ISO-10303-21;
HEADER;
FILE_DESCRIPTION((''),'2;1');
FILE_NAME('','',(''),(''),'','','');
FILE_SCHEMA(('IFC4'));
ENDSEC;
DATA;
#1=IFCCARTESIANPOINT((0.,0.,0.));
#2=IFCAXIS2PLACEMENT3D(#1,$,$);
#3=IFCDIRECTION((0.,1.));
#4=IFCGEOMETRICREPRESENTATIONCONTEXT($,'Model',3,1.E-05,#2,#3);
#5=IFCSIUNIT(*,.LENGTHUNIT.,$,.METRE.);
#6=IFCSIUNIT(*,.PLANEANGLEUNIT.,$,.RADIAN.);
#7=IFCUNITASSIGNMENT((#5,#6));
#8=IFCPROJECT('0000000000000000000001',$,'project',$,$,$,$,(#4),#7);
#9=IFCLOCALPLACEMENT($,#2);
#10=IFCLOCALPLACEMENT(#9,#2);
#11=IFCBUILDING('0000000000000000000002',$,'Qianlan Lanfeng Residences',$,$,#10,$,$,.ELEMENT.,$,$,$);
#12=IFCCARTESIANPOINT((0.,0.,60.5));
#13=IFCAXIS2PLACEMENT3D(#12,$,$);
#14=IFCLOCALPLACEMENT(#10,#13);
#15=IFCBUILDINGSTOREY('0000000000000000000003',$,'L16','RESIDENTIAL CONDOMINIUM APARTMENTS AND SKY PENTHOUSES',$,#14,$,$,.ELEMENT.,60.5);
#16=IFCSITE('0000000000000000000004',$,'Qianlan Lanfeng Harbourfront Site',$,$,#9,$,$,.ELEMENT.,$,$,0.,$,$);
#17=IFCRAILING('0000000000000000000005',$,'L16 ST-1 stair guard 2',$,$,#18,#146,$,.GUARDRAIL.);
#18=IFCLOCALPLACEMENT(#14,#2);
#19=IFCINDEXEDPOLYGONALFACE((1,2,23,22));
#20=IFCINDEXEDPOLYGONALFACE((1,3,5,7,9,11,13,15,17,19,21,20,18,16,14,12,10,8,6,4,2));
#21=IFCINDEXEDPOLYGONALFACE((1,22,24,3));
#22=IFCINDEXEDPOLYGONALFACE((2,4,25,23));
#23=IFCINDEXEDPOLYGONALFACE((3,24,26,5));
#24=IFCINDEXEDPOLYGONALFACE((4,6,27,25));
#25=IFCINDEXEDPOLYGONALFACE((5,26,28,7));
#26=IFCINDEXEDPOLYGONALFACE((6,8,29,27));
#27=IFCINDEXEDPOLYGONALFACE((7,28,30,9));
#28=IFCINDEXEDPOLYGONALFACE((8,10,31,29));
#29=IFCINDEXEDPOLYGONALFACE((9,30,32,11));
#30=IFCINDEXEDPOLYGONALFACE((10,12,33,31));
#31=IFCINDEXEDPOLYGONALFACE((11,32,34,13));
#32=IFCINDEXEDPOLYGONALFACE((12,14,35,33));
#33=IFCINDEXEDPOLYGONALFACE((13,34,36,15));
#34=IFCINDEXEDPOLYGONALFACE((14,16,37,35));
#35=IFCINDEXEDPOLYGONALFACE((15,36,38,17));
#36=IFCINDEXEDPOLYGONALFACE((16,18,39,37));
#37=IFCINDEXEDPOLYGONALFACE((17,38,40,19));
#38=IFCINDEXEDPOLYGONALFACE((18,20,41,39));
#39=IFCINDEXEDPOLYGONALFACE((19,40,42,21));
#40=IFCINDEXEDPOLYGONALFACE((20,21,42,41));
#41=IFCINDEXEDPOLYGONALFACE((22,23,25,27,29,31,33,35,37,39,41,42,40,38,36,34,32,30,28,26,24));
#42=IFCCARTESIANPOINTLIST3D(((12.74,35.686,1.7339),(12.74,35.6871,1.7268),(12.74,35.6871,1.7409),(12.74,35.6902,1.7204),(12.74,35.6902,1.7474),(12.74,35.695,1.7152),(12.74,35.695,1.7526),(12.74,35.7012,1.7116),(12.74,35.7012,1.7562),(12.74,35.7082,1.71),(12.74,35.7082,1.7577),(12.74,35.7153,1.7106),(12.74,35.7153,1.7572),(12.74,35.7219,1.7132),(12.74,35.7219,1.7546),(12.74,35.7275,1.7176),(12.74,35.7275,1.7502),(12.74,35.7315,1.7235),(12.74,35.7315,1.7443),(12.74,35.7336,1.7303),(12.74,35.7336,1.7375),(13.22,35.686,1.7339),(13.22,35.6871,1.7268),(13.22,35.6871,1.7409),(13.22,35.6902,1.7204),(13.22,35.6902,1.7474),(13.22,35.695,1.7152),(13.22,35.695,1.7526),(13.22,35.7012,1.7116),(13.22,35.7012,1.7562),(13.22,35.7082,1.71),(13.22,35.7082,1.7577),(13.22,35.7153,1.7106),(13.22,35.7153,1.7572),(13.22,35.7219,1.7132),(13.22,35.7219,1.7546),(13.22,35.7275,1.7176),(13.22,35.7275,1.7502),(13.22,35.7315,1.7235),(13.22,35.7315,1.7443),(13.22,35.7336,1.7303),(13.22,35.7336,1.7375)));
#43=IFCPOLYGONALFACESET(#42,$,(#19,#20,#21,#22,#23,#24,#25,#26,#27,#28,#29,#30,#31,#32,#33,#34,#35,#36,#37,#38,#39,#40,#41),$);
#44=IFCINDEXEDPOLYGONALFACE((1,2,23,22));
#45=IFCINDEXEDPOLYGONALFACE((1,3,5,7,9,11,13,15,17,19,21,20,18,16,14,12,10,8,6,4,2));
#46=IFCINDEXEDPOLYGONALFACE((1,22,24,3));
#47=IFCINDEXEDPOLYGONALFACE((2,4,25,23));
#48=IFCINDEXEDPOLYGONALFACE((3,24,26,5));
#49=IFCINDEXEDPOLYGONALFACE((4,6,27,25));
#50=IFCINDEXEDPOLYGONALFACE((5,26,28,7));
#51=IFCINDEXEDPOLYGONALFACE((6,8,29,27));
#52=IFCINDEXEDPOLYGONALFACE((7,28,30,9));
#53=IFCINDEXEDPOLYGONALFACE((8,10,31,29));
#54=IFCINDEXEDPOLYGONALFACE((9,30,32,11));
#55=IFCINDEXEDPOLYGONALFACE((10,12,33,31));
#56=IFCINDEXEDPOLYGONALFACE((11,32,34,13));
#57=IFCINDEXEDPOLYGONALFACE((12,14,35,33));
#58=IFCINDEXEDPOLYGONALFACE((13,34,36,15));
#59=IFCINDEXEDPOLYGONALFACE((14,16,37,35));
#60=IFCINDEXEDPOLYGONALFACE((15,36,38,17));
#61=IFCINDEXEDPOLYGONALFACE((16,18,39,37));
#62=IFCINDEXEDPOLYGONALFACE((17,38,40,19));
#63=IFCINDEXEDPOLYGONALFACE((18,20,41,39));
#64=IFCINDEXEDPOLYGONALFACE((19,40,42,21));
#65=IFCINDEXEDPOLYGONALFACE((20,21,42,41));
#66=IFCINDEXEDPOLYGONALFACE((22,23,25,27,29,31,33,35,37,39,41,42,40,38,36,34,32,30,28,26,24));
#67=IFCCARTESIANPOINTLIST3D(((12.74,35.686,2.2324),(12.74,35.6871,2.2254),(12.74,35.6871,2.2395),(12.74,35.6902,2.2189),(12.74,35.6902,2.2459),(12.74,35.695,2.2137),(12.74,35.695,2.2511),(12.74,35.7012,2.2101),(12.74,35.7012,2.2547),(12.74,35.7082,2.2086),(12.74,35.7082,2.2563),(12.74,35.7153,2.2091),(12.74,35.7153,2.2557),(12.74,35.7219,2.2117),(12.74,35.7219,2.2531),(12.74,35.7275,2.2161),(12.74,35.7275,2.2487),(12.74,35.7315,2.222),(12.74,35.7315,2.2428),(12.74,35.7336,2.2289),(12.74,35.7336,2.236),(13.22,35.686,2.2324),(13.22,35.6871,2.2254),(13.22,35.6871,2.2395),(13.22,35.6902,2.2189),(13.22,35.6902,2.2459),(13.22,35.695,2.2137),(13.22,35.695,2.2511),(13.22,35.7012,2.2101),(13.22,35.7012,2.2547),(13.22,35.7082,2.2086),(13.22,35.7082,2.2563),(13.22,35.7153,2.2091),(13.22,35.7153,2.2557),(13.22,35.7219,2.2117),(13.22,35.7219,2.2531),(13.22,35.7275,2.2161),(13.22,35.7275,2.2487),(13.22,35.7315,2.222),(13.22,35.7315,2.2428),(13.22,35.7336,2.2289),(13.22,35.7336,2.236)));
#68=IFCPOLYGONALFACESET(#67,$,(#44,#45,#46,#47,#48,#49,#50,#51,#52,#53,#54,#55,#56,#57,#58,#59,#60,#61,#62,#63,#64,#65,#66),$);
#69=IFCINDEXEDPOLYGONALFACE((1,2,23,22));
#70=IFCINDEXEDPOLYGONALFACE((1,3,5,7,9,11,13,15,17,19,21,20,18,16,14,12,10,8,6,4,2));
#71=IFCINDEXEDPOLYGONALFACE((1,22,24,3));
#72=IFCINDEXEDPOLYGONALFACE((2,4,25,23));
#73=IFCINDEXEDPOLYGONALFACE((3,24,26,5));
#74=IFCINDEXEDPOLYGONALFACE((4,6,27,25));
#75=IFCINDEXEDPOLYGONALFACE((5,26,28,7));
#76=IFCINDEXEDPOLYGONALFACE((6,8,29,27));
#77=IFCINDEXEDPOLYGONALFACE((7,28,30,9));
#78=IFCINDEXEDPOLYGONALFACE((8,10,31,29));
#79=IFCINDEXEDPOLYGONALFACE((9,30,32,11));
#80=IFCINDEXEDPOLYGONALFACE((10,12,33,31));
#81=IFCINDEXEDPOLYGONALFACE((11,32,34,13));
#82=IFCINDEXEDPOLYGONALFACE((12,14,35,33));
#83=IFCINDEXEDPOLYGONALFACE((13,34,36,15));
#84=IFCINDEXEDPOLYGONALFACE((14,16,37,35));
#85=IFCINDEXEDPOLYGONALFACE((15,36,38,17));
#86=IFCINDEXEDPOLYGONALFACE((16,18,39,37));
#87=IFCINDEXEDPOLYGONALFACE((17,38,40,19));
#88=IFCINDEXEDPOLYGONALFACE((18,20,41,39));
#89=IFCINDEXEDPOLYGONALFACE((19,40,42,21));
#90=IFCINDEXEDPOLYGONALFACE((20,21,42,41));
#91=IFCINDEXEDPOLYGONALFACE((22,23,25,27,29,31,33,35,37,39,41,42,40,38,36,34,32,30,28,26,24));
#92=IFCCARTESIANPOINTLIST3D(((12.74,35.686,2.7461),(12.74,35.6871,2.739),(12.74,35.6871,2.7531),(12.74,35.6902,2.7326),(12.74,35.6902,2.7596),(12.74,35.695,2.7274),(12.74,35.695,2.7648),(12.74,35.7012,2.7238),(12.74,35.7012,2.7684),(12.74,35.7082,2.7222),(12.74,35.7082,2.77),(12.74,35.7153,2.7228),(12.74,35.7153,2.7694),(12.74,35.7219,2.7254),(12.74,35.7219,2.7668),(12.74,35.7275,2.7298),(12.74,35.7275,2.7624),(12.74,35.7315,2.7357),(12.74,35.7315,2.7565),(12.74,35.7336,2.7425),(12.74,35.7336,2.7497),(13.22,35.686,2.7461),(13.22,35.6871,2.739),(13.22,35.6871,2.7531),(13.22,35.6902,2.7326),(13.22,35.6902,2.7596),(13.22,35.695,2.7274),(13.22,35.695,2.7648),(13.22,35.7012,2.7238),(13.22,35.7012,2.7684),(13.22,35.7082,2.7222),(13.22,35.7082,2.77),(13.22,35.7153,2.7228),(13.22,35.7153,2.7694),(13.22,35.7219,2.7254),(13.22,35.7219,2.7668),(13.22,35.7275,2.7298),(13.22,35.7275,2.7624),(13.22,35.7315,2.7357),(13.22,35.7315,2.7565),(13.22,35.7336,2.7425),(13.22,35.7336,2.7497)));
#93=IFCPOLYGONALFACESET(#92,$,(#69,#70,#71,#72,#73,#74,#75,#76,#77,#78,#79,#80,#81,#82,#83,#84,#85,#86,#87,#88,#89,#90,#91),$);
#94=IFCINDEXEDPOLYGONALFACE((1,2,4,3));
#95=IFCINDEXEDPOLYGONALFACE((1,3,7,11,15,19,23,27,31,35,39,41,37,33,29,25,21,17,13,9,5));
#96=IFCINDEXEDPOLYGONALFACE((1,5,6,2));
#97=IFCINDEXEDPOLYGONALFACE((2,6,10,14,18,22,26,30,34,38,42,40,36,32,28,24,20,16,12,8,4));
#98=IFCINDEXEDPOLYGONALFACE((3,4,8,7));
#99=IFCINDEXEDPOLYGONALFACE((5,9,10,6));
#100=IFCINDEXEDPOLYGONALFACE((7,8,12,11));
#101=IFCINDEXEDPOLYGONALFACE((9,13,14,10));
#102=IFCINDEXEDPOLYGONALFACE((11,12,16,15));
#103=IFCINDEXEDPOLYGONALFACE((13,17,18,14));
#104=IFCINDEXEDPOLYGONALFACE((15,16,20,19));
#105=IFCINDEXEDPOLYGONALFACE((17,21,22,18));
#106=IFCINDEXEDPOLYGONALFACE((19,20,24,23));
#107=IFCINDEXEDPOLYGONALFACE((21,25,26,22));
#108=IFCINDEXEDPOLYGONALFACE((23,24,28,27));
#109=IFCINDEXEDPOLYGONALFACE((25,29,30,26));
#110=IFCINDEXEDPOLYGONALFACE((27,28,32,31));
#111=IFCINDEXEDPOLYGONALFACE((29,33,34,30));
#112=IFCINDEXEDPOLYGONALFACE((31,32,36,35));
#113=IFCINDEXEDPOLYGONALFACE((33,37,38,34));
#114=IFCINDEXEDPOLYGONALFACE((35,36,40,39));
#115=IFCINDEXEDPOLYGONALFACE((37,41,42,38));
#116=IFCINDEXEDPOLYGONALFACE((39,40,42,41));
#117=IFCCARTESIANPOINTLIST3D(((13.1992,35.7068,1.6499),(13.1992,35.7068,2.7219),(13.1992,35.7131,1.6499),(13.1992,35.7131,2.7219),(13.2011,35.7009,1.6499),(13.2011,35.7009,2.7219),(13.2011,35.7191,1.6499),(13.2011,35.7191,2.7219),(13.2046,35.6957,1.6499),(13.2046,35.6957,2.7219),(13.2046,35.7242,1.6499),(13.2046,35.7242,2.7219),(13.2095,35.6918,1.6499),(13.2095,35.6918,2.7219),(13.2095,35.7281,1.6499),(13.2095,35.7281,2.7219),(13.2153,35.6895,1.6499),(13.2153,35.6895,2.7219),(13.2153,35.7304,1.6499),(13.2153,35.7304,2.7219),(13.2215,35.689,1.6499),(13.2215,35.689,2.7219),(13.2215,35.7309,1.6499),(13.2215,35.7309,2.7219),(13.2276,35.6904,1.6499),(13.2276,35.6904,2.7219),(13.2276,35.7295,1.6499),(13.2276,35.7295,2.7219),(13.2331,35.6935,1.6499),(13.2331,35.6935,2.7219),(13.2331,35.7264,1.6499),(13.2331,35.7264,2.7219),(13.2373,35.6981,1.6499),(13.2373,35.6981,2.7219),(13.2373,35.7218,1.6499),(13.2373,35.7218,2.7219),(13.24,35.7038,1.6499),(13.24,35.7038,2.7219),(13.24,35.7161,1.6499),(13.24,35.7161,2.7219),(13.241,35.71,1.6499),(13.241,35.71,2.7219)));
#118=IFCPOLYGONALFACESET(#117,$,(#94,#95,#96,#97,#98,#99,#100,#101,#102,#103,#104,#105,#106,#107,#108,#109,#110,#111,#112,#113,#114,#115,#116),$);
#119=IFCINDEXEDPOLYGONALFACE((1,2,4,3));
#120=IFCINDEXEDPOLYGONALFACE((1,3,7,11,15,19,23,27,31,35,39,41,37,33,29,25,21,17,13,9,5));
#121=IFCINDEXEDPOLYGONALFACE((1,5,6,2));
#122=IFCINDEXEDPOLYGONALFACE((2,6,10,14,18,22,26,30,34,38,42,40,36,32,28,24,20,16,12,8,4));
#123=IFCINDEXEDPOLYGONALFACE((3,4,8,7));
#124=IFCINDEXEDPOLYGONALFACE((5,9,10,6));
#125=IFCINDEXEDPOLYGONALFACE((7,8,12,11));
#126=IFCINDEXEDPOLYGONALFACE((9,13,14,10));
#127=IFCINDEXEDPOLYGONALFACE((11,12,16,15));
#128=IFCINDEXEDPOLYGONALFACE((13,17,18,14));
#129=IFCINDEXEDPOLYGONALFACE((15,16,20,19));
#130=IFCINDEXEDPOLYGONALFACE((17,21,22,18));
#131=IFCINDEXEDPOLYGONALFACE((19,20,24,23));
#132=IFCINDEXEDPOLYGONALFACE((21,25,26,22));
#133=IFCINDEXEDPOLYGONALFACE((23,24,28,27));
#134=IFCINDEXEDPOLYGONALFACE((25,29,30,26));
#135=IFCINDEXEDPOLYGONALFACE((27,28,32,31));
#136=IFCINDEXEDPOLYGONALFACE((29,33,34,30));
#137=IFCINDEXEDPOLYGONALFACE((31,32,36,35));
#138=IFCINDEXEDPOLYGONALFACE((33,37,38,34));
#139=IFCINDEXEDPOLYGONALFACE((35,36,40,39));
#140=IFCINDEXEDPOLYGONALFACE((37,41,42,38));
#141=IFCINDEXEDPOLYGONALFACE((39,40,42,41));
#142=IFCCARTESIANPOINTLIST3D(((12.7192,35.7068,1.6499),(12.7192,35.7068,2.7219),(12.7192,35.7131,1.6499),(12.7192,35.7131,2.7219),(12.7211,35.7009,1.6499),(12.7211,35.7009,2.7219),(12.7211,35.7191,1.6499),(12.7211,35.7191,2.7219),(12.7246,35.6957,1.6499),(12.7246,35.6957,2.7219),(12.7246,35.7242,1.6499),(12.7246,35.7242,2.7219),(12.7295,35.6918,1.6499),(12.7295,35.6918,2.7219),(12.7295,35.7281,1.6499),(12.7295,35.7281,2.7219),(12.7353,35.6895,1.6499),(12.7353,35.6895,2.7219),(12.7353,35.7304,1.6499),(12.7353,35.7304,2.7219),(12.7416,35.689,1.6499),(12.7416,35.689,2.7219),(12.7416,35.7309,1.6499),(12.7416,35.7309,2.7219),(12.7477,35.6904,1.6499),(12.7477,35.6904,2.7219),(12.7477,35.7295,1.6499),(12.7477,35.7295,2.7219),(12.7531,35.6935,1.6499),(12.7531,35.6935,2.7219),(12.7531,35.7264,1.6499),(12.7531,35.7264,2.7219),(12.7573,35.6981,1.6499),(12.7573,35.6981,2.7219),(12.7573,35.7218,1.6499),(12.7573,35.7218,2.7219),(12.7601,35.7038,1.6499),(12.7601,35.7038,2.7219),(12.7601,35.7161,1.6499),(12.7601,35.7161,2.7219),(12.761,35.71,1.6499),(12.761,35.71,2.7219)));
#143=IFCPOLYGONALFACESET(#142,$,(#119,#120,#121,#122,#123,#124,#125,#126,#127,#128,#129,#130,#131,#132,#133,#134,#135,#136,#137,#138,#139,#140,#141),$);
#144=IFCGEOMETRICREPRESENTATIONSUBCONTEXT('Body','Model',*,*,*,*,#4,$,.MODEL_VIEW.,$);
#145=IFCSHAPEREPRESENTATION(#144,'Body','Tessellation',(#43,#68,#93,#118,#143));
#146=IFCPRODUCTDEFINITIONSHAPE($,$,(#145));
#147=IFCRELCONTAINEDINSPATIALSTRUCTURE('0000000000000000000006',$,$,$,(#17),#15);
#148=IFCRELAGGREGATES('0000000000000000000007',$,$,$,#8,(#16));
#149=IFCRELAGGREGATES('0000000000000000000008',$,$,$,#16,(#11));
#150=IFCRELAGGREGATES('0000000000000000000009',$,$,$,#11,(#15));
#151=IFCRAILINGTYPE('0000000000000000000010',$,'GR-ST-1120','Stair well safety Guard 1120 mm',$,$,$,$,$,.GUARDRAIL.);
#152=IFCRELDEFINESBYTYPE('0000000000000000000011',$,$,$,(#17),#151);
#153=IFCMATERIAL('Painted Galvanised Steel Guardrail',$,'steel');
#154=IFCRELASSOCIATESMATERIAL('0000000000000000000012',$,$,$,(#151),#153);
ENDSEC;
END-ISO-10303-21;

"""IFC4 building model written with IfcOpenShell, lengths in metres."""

from ifc_helpers import new_model, si_unit, direction, frame, origin, origin_2d, place, context, subcontext, project, spatial, circle, extrude, material, type_object, element, save


model = new_model("IFC4")

# Units and contexts
model_context = context("Model", 3, precision=1e-05, world=origin(), true_north=direction((0.0, 1.0)))
body_context = subcontext(model_context, "Body", "Model", "MODEL_VIEW")
ifc_project = project(units=[si_unit("LENGTHUNIT", "METRE"), si_unit("PLANEANGLEUNIT", "RADIAN")], contexts=[model_context])

# Site, building, storey
site_placement = place(None, origin())
site = spatial("IfcSite", under=ifc_project, at=site_placement, Name="Qianlan Lanfeng Harbourfront Site", CompositionType="ELEMENT", RefElevation=0.0)
building_placement = place(site_placement, origin())
building = spatial("IfcBuilding", under=site, at=building_placement, Name="Qianlan Lanfeng Residences", CompositionType="ELEMENT")
storey_placement = place(building_placement, frame((0.0, 0.0, 60.5)))
storey = spatial("IfcBuildingStorey", under=building, at=storey_placement, Name="L16", Description="RESIDENTIAL CONDOMINIUM APARTMENTS AND SKY PENTHOUSES", CompositionType="ELEMENT", Elevation=60.5)

# Railing
ifc_material_1 = material(Name="Painted Galvanised Steel Guardrail", Category="steel")
railing_type_1 = type_object("IfcRailingType", Name="GR-ST-1120", Description="Stair well safety Guard 1120 mm", PredefinedType="GUARDRAIL", material=ifc_material_1)
railing_1_placement = place(storey_placement, frame((13.22, 35.71, 1.6499)))
element("IfcRailing", 1, at=railing_1_placement, inside=storey, type_object=railing_type_1, Name="L16 ST-1 stair guard 2", PredefinedType="GUARDRAIL", context=body_context, shape_type="SweptSolid", body=[
    extrude(circle(Radius=0.0239, at=origin_2d()), frame((0.0, 0.0, 0.084), z_axis=(-1.0, 0.0, 0.0), x_axis=(0.0, -1.0, 0.0)), (0.0, 0.0, 1.0), 0.48),
    extrude(circle(Radius=0.0239, at=origin_2d()), frame((0.0, 0.0, 0.5825), z_axis=(-1.0, 0.0, 0.0), x_axis=(0.0, -1.0, 0.0)), (0.0, 0.0, 1.0), 0.48),
    extrude(circle(Radius=0.0239, at=origin_2d()), frame((0.0, 0.0, 1.0962), z_axis=(-1.0, 0.0, 0.0), x_axis=(0.0, -1.0, 0.0)), (0.0, 0.0, 1.0), 0.48),
    extrude(circle(Radius=0.021, at=origin_2d()), origin(), (0.0, 0.0, 1.0), 1.072),
    extrude(circle(Radius=0.021, at=origin_2d()), frame((-0.48, 0.0, 0.0)), (0.0, 0.0, 1.0), 1.072),
])

save(model, "model.ifc")
